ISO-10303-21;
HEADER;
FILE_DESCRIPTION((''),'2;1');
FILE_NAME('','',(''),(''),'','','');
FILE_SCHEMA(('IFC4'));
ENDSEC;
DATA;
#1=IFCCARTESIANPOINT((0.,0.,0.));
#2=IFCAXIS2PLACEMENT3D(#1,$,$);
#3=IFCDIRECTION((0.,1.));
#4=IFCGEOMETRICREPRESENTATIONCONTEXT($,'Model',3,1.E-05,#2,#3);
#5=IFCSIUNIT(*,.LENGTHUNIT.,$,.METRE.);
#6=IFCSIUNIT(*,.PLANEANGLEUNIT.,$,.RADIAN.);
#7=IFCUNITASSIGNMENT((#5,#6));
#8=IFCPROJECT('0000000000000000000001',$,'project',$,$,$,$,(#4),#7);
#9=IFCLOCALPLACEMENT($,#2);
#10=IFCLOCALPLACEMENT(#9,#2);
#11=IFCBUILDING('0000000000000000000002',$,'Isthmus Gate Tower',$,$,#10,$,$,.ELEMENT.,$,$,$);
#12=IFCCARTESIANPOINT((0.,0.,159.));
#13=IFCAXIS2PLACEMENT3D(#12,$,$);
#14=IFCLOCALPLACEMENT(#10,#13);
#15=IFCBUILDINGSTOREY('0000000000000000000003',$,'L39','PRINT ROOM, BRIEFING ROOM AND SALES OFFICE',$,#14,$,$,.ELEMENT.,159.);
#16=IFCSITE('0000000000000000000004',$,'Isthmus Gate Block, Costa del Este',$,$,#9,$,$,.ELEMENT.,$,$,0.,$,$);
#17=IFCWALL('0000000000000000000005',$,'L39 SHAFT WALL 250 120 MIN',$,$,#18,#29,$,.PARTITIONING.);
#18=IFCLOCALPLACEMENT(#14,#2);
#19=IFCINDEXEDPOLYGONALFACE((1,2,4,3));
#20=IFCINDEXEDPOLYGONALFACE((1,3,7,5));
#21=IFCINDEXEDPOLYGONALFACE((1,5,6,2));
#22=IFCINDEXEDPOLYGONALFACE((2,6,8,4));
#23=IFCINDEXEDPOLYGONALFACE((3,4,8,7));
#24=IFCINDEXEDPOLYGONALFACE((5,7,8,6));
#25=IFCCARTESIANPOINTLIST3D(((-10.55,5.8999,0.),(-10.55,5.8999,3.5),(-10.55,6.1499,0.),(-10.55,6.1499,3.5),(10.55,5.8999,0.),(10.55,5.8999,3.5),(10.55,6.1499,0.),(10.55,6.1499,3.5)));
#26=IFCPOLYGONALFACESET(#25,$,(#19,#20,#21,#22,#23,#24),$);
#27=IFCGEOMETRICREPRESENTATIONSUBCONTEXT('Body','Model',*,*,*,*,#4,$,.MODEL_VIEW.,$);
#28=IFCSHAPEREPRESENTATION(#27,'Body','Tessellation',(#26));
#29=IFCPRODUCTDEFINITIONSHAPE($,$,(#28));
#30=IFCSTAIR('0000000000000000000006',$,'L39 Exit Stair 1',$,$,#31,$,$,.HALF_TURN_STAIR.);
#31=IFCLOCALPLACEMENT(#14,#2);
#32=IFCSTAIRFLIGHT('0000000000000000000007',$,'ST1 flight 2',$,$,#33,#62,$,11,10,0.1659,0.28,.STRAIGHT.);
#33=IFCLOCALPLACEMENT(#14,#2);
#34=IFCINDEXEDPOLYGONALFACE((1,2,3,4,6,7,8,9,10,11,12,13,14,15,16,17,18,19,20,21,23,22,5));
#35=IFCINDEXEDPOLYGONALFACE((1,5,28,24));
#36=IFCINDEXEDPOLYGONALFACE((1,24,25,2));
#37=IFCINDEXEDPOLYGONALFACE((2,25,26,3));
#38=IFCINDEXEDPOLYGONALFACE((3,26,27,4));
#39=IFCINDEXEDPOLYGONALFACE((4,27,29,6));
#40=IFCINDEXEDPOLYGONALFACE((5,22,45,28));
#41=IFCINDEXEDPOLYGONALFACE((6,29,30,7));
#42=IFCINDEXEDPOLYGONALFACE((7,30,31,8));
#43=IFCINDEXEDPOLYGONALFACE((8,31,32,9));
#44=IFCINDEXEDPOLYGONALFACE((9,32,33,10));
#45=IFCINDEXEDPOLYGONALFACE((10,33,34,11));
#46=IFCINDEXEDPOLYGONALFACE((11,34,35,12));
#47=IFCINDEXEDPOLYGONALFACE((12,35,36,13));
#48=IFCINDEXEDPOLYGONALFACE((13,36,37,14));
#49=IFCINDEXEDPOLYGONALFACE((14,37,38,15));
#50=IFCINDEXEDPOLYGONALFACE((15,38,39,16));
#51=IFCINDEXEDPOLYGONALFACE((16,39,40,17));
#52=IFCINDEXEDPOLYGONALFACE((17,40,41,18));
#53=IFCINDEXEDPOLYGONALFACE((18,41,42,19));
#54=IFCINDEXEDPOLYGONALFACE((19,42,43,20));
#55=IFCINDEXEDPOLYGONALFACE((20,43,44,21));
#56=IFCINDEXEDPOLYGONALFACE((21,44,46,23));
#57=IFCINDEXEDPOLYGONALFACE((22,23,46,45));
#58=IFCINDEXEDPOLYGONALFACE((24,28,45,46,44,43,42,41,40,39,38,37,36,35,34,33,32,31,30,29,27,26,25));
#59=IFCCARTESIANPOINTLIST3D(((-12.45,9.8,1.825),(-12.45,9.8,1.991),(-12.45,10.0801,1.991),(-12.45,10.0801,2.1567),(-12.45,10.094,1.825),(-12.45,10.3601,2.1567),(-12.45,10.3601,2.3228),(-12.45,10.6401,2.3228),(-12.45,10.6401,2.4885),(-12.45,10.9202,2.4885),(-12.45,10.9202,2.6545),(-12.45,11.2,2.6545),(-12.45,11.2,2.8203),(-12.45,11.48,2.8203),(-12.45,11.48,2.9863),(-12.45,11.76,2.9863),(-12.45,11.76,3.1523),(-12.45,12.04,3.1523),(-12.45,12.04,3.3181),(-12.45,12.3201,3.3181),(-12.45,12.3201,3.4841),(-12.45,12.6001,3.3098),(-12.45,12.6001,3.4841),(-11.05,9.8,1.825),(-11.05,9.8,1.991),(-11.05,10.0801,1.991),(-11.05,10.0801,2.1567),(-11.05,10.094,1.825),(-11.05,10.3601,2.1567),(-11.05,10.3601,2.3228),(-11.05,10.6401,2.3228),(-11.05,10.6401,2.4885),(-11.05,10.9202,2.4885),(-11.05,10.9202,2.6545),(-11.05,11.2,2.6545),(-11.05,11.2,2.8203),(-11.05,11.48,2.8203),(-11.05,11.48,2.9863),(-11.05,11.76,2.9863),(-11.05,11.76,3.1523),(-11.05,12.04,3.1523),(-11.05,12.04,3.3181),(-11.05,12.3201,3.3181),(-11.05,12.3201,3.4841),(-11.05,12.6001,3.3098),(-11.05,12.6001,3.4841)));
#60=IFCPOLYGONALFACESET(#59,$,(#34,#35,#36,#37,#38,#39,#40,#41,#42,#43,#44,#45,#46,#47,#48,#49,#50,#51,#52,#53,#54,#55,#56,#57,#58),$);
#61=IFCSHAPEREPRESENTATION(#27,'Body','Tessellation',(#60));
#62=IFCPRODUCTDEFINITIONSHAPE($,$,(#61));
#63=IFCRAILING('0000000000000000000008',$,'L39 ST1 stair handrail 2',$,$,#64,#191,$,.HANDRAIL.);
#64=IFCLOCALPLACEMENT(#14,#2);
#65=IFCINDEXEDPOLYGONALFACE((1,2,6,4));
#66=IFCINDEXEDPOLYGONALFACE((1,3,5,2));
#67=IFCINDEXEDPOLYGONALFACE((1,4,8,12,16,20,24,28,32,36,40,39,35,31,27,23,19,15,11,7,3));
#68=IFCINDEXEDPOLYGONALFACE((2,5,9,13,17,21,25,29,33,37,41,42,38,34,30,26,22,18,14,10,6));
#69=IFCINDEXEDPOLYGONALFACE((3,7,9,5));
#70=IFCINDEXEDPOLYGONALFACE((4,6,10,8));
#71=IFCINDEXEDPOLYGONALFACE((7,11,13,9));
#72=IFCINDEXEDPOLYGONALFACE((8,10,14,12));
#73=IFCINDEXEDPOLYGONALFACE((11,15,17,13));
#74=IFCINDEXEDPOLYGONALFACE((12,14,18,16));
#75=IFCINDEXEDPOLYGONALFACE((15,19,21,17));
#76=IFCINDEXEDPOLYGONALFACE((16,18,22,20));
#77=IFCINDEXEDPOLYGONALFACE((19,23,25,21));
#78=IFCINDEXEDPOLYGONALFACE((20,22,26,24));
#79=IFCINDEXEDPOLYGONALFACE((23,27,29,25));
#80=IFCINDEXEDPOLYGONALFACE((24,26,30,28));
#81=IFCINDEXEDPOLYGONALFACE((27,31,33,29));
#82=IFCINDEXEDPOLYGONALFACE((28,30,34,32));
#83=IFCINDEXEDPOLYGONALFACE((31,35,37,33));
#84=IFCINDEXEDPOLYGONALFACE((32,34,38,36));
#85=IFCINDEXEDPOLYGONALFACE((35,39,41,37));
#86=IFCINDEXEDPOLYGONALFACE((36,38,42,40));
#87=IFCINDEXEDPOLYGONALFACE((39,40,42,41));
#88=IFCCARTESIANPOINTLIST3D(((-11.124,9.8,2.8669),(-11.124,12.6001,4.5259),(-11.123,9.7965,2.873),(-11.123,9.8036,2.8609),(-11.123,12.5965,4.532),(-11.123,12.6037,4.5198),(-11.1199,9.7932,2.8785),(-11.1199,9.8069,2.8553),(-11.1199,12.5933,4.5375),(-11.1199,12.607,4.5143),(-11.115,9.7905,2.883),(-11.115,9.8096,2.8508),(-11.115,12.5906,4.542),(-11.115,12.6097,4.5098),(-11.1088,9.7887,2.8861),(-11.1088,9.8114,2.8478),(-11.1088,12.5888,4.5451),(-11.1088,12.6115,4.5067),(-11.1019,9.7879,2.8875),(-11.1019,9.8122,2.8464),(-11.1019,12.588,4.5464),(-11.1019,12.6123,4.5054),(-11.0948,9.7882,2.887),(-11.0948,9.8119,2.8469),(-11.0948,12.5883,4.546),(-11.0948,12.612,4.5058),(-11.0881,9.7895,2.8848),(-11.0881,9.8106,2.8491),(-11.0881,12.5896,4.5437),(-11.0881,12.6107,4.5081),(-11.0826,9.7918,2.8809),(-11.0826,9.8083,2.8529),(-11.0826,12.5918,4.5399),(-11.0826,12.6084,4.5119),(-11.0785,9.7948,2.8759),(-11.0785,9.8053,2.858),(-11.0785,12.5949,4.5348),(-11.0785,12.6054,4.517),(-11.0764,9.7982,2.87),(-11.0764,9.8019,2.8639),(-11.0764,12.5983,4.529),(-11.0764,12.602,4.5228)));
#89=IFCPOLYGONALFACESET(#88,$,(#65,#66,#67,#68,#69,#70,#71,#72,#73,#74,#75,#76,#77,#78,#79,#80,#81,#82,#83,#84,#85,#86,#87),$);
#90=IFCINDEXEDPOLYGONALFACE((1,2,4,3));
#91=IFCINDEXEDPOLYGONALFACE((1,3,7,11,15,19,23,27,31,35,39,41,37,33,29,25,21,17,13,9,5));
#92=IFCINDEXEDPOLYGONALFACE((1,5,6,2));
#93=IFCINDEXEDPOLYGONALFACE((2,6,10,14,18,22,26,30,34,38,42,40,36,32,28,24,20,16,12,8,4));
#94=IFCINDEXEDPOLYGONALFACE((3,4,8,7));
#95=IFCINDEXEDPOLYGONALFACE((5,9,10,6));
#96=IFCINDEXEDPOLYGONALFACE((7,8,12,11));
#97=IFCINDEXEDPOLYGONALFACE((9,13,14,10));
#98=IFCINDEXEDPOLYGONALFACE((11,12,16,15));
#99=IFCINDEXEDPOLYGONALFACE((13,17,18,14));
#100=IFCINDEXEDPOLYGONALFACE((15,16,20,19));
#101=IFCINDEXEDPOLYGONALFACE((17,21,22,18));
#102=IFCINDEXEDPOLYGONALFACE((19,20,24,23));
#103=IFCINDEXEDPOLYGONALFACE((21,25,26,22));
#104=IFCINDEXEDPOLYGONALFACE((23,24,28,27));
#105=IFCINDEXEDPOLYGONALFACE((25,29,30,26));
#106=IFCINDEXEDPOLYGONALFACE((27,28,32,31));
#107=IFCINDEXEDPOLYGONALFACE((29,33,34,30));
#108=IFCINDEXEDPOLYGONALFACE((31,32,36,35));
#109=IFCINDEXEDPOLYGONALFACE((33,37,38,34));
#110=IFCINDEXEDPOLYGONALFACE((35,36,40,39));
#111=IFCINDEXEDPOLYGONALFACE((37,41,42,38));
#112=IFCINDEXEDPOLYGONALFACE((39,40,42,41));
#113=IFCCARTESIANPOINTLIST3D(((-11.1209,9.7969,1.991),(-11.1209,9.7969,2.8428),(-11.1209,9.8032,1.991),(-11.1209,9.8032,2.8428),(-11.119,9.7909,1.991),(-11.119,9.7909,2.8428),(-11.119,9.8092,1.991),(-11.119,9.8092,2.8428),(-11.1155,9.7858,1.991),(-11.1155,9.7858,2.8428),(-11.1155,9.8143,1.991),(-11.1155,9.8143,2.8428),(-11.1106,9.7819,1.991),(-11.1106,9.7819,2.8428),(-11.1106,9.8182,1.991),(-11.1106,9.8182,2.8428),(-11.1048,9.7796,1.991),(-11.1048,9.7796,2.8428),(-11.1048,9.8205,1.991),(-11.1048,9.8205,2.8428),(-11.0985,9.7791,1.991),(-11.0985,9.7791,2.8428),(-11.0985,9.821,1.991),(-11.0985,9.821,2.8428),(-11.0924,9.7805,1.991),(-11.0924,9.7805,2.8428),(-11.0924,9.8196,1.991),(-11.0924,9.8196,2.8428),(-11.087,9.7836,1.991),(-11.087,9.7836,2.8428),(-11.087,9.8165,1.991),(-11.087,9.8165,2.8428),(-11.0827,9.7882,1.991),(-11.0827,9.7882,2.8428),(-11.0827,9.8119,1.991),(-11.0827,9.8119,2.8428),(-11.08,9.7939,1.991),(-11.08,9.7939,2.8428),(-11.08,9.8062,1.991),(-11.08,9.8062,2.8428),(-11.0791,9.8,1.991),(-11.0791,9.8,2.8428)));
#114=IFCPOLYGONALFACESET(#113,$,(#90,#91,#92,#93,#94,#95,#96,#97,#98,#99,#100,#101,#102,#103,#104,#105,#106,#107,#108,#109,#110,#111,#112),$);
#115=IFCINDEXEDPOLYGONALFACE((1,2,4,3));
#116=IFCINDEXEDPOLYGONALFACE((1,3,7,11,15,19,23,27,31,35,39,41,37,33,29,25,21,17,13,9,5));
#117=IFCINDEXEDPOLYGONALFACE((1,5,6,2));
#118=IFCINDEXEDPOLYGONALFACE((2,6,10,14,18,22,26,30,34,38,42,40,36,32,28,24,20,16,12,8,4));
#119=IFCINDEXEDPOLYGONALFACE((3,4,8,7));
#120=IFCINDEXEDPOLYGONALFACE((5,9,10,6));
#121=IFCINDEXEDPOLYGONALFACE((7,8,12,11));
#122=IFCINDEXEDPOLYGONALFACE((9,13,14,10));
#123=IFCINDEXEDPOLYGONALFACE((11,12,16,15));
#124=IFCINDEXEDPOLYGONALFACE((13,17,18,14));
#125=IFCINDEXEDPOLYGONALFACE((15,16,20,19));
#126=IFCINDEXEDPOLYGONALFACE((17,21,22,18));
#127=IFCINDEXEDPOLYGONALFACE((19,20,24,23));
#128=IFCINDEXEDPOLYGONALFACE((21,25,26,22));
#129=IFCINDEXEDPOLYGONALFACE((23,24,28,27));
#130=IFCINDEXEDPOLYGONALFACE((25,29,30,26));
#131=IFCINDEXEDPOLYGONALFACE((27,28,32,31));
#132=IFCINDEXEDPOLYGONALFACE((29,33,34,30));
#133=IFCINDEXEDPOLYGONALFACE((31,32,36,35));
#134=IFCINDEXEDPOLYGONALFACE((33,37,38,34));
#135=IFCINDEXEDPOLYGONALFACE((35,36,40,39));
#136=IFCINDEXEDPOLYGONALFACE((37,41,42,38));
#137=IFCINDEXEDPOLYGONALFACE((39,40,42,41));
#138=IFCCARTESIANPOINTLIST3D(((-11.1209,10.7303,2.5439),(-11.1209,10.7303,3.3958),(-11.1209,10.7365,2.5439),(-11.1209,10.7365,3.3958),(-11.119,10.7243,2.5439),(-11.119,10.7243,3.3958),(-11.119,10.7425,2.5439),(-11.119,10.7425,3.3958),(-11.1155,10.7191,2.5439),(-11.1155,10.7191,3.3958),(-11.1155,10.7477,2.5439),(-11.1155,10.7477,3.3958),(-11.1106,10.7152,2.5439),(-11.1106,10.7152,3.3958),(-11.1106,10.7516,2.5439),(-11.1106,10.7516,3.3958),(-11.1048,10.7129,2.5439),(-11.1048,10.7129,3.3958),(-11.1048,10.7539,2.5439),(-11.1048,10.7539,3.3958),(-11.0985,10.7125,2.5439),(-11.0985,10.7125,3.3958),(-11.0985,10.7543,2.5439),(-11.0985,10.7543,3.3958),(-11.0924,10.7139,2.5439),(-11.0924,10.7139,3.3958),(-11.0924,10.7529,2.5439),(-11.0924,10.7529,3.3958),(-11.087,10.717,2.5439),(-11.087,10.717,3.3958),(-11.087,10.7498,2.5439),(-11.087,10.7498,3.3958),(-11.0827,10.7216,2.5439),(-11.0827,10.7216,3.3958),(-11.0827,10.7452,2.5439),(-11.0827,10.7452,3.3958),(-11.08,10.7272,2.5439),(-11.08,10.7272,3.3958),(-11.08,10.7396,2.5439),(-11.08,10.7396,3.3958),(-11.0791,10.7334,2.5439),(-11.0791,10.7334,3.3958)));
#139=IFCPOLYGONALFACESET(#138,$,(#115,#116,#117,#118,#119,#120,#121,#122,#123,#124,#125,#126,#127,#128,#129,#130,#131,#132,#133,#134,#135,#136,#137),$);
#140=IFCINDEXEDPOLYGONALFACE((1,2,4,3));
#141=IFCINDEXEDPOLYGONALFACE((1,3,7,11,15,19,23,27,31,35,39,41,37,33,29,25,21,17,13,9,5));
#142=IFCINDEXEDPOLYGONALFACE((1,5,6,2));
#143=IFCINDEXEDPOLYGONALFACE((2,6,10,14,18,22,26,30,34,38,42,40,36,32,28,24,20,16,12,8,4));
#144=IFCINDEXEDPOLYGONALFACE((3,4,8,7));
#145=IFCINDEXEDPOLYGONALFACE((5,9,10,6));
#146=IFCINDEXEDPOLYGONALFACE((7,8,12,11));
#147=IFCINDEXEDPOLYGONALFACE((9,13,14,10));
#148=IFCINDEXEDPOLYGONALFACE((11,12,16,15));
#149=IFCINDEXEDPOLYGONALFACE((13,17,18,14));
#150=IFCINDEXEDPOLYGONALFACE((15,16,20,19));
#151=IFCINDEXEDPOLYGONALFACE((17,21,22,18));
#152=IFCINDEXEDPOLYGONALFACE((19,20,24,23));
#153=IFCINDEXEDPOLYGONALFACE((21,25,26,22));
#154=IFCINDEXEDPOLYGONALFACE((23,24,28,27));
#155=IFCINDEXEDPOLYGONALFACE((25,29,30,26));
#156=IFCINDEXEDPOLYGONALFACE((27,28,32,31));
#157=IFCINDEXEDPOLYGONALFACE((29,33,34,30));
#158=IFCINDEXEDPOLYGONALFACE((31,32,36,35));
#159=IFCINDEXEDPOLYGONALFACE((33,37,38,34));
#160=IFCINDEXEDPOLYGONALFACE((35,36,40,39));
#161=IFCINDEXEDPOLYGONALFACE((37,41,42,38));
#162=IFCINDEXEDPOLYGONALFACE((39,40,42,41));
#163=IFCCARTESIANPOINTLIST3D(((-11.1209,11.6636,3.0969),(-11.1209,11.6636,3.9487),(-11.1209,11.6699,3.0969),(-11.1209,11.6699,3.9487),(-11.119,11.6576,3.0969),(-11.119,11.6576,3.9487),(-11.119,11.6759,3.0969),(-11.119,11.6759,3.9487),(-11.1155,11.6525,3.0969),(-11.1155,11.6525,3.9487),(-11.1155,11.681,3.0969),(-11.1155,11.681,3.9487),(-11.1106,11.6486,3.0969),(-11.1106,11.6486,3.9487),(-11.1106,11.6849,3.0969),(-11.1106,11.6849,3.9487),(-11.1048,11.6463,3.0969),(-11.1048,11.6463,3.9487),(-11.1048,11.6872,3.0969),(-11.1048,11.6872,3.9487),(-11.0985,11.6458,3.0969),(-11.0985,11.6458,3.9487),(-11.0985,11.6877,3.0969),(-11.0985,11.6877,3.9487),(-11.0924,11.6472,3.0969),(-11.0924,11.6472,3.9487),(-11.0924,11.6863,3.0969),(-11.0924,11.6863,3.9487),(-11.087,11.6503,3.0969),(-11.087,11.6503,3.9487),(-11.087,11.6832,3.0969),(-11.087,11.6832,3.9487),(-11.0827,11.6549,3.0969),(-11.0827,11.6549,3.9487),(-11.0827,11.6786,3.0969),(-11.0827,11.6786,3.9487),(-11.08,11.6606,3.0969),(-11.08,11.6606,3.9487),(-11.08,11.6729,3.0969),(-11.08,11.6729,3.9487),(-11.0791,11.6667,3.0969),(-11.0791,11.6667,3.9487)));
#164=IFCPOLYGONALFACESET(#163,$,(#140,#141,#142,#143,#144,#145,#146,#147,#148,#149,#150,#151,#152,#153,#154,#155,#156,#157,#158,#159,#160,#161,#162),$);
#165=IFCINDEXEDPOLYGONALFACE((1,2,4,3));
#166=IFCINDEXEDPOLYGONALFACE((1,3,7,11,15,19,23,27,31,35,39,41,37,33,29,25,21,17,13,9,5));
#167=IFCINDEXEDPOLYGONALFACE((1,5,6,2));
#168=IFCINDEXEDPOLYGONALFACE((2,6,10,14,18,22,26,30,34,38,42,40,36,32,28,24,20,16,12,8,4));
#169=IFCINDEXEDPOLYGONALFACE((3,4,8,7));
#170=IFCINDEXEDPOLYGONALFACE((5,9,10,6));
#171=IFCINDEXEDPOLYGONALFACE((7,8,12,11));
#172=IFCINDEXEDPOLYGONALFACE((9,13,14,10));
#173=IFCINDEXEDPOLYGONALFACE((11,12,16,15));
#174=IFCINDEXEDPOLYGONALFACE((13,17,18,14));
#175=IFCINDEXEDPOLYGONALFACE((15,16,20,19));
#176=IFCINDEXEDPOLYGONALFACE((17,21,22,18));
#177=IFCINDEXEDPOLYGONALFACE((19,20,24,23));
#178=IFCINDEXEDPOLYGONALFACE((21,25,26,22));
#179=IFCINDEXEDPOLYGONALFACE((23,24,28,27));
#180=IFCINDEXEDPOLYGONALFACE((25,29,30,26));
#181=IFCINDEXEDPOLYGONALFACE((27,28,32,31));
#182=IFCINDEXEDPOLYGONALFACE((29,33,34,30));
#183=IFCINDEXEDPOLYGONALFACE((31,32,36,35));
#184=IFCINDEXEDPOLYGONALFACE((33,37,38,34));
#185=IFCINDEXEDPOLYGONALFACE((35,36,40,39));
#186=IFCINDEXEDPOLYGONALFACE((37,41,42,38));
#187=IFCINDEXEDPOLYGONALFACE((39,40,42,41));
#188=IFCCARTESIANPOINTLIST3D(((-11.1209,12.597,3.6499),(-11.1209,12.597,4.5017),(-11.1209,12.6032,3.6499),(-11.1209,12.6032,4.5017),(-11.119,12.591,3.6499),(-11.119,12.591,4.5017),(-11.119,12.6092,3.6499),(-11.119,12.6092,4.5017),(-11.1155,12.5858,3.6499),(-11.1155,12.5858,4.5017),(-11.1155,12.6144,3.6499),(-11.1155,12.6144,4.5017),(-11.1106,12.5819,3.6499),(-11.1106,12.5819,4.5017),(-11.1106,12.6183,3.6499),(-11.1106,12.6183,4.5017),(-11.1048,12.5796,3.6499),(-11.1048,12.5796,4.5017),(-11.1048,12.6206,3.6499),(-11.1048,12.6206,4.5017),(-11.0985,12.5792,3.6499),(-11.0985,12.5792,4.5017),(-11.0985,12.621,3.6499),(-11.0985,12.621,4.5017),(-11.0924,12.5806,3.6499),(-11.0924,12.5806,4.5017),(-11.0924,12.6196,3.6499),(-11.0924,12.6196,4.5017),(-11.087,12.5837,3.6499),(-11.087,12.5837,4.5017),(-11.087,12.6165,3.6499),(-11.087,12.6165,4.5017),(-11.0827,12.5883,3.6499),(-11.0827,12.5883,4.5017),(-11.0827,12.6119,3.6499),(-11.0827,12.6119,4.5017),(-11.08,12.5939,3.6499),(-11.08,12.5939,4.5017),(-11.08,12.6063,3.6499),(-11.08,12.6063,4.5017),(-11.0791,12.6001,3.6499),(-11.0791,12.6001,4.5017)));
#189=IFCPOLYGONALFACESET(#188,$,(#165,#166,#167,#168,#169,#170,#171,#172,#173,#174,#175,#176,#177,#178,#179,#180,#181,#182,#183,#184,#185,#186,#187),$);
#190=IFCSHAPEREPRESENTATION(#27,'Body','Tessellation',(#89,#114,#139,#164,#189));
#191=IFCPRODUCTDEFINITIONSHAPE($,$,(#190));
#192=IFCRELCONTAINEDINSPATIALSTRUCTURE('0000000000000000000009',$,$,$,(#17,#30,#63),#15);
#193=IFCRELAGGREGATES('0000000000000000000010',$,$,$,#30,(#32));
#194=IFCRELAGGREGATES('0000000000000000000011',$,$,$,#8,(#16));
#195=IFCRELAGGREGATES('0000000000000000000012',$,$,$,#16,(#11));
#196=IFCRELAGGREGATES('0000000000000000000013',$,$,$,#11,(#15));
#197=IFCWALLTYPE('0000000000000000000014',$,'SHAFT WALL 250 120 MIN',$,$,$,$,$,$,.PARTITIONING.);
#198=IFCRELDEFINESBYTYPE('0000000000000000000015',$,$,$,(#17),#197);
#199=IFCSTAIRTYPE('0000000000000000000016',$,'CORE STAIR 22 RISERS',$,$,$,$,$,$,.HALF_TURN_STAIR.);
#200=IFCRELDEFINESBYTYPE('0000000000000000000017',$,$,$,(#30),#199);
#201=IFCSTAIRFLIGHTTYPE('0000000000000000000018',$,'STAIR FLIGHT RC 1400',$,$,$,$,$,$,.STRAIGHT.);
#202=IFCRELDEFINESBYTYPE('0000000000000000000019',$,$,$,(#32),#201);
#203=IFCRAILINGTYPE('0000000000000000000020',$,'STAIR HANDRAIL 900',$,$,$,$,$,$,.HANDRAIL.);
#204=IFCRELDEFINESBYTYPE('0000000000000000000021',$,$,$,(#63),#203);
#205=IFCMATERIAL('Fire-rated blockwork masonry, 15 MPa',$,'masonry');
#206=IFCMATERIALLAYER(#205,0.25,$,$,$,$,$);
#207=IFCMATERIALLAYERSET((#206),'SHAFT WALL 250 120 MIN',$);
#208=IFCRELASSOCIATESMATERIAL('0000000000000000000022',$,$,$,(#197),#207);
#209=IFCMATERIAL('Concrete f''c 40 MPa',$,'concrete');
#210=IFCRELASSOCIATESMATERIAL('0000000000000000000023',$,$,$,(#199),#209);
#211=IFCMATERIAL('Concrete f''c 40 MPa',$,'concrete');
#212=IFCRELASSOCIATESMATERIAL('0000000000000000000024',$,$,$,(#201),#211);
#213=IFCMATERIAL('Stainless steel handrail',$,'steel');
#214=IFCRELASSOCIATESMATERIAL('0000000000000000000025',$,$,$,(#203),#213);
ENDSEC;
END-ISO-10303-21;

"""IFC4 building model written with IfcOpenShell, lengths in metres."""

from ifc_helpers import new_model, si_unit, direction, frame, frame_2d, origin, origin_2d, place, context, subcontext, project, spatial, polyline, rectangle, circle, outline, extrude, material, layer, layer_set, type_object, element, aggregate, save


model = new_model("IFC4")

# Units and contexts
model_context = context("Model", 3, precision=1e-05, world=origin(), true_north=direction((0.0, 1.0)))
body_context = subcontext(model_context, "Body", "Model", "MODEL_VIEW")
ifc_project = project(units=[si_unit("LENGTHUNIT", "METRE"), si_unit("PLANEANGLEUNIT", "RADIAN")], contexts=[model_context])

# Site, building, storey
site_placement = place(None, origin())
site = spatial("IfcSite", under=ifc_project, at=site_placement, Name="Isthmus Gate Block, Costa del Este", CompositionType="ELEMENT", RefElevation=0.0)
building_placement = place(site_placement, origin())
building = spatial("IfcBuilding", under=site, at=building_placement, Name="Isthmus Gate Tower", CompositionType="ELEMENT")
storey_placement = place(building_placement, frame((0.0, 0.0, 159.0)))
storey = spatial("IfcBuildingStorey", under=building, at=storey_placement, Name="L39", Description="PRINT ROOM, BRIEFING ROOM AND SALES OFFICE", CompositionType="ELEMENT", Elevation=159.0)

# Wall
ifc_material_1 = material(Name="Fire-rated blockwork masonry, 15 MPa", Category="masonry")
ifc_layer_1 = layer(ifc_material_1, 0.25)
ifc_layer_set_1 = layer_set([ifc_layer_1], Name="SHAFT WALL 250 120 MIN")
wall_type_1 = type_object("IfcWallType", Name="SHAFT WALL 250 120 MIN", PredefinedType="PARTITIONING", material=ifc_layer_set_1)
wall_1_placement = place(storey_placement, frame((-10.55, 6.0249, 0.0), z_axis=(0.0, 0.0, 1.0), x_axis=(1.0, 0.0, 0.0)))
element("IfcWall", 1, at=wall_1_placement, inside=storey, type_object=wall_type_1, Name="L39 SHAFT WALL 250 120 MIN", PredefinedType="PARTITIONING", context=body_context, shape_type="SweptSolid", body=[
    extrude(rectangle(XDim=21.1001, YDim=0.25, at=frame_2d((10.55, 0.0))), origin(), (0.0, 0.0, 1.0), 3.5),
])

# Stair, stair flight
ifc_material_2 = material(Name="Concrete f'c 40 MPa", Category="concrete")
stair_type = type_object("IfcStairType", Name="CORE STAIR 22 RISERS", PredefinedType="HALF_TURN_STAIR", material=ifc_material_2)
stair_placement = place(storey_placement, origin())
stair = element("IfcStair", 2, at=stair_placement, inside=storey, type_object=stair_type, Name="L39 Exit Stair 1", PredefinedType="HALF_TURN_STAIR")
ifc_material_3 = material(Name="Concrete f'c 40 MPa", Category="concrete")
stair_flight_type = type_object("IfcStairFlightType", Name="STAIR FLIGHT RC 1400", PredefinedType="STRAIGHT", material=ifc_material_3)
stair_flight_placement = place(storey_placement, frame((-11.75, 9.8, 1.825), z_axis=(0.0, 0.0, 1.0), x_axis=(0.0, 1.0, 0.0)))
stair_flight = element("IfcStairFlight", 3, at=stair_flight_placement, type_object=stair_flight_type, Name="ST1 flight 2", NumberOfRisers=11, NumberOfTreads=10, PredefinedType="STRAIGHT", RiserHeight=0.1659, TreadLength=0.28, context=body_context, shape_type="SweptSolid", body=[
    extrude(outline(polyline([(0.0, 0.0), (0.0, 0.166), (0.28, 0.166), (0.28, 0.3318), (0.5601, 0.3318), (0.5601, 0.4978), (0.8401, 0.4978), (0.8401, 0.6636), (1.1201, 0.6636), (1.1201, 0.8296), (1.3999, 0.8296), (1.3999, 0.9954), (1.6799, 0.9954), (1.6799, 1.1614), (1.96, 1.1614), (1.96, 1.3274), (2.24, 1.3274), (2.24, 1.4932), (2.52, 1.4932), (2.52, 1.6592), (2.8, 1.6592), (2.8, 1.825), (2.8, 1.4849), (0.2939, 0.0), (0.0, 0.0)])), frame((0.0, 0.7, 0.0), z_axis=(0.0, -1.0, 0.0), x_axis=(1.0, 0.0, 0.0)), (0.0, 0.0, 1.0), 1.3999),
])
aggregate(stair, [stair_flight])

# Railing
ifc_material_4 = material(Name="Stainless steel handrail", Category="steel")
railing_type = type_object("IfcRailingType", Name="STAIR HANDRAIL 900", PredefinedType="HANDRAIL", material=ifc_material_4)
for number, where, name in (
    (4, (-11.1001, 9.8, 1.991), "L39 ST1 stair handrail 2"),
):
    element("IfcRailing", number, at=place(storey_placement, frame(where)), inside=storey, type_object=railing_type, Name=name, PredefinedType="HANDRAIL", context=body_context, shape_type="SweptSolid", body=[
        extrude(circle(Radius=0.0239, at=origin_2d()), frame((0.0, 0.0, 0.876), z_axis=(0.0, 0.860339, 0.509722), x_axis=(-1.0, 0.0, 0.0)), (0.0, 0.0, 1.0), 3.2546),
        extrude(circle(Radius=0.021, at=origin_2d()), origin(), (0.0, 0.0, 1.0), 0.8518),
        extrude(circle(Radius=0.021, at=origin_2d()), frame((0.0, 0.9333, 0.553)), (0.0, 0.0, 1.0), 0.8518),
        extrude(circle(Radius=0.021, at=origin_2d()), frame((0.0, 1.8667, 1.106)), (0.0, 0.0, 1.0), 0.8518),
        extrude(circle(Radius=0.021, at=origin_2d()), frame((0.0, 2.8, 1.6589)), (0.0, 0.0, 1.0), 0.8518),
    ])

save(model, "model.ifc")
